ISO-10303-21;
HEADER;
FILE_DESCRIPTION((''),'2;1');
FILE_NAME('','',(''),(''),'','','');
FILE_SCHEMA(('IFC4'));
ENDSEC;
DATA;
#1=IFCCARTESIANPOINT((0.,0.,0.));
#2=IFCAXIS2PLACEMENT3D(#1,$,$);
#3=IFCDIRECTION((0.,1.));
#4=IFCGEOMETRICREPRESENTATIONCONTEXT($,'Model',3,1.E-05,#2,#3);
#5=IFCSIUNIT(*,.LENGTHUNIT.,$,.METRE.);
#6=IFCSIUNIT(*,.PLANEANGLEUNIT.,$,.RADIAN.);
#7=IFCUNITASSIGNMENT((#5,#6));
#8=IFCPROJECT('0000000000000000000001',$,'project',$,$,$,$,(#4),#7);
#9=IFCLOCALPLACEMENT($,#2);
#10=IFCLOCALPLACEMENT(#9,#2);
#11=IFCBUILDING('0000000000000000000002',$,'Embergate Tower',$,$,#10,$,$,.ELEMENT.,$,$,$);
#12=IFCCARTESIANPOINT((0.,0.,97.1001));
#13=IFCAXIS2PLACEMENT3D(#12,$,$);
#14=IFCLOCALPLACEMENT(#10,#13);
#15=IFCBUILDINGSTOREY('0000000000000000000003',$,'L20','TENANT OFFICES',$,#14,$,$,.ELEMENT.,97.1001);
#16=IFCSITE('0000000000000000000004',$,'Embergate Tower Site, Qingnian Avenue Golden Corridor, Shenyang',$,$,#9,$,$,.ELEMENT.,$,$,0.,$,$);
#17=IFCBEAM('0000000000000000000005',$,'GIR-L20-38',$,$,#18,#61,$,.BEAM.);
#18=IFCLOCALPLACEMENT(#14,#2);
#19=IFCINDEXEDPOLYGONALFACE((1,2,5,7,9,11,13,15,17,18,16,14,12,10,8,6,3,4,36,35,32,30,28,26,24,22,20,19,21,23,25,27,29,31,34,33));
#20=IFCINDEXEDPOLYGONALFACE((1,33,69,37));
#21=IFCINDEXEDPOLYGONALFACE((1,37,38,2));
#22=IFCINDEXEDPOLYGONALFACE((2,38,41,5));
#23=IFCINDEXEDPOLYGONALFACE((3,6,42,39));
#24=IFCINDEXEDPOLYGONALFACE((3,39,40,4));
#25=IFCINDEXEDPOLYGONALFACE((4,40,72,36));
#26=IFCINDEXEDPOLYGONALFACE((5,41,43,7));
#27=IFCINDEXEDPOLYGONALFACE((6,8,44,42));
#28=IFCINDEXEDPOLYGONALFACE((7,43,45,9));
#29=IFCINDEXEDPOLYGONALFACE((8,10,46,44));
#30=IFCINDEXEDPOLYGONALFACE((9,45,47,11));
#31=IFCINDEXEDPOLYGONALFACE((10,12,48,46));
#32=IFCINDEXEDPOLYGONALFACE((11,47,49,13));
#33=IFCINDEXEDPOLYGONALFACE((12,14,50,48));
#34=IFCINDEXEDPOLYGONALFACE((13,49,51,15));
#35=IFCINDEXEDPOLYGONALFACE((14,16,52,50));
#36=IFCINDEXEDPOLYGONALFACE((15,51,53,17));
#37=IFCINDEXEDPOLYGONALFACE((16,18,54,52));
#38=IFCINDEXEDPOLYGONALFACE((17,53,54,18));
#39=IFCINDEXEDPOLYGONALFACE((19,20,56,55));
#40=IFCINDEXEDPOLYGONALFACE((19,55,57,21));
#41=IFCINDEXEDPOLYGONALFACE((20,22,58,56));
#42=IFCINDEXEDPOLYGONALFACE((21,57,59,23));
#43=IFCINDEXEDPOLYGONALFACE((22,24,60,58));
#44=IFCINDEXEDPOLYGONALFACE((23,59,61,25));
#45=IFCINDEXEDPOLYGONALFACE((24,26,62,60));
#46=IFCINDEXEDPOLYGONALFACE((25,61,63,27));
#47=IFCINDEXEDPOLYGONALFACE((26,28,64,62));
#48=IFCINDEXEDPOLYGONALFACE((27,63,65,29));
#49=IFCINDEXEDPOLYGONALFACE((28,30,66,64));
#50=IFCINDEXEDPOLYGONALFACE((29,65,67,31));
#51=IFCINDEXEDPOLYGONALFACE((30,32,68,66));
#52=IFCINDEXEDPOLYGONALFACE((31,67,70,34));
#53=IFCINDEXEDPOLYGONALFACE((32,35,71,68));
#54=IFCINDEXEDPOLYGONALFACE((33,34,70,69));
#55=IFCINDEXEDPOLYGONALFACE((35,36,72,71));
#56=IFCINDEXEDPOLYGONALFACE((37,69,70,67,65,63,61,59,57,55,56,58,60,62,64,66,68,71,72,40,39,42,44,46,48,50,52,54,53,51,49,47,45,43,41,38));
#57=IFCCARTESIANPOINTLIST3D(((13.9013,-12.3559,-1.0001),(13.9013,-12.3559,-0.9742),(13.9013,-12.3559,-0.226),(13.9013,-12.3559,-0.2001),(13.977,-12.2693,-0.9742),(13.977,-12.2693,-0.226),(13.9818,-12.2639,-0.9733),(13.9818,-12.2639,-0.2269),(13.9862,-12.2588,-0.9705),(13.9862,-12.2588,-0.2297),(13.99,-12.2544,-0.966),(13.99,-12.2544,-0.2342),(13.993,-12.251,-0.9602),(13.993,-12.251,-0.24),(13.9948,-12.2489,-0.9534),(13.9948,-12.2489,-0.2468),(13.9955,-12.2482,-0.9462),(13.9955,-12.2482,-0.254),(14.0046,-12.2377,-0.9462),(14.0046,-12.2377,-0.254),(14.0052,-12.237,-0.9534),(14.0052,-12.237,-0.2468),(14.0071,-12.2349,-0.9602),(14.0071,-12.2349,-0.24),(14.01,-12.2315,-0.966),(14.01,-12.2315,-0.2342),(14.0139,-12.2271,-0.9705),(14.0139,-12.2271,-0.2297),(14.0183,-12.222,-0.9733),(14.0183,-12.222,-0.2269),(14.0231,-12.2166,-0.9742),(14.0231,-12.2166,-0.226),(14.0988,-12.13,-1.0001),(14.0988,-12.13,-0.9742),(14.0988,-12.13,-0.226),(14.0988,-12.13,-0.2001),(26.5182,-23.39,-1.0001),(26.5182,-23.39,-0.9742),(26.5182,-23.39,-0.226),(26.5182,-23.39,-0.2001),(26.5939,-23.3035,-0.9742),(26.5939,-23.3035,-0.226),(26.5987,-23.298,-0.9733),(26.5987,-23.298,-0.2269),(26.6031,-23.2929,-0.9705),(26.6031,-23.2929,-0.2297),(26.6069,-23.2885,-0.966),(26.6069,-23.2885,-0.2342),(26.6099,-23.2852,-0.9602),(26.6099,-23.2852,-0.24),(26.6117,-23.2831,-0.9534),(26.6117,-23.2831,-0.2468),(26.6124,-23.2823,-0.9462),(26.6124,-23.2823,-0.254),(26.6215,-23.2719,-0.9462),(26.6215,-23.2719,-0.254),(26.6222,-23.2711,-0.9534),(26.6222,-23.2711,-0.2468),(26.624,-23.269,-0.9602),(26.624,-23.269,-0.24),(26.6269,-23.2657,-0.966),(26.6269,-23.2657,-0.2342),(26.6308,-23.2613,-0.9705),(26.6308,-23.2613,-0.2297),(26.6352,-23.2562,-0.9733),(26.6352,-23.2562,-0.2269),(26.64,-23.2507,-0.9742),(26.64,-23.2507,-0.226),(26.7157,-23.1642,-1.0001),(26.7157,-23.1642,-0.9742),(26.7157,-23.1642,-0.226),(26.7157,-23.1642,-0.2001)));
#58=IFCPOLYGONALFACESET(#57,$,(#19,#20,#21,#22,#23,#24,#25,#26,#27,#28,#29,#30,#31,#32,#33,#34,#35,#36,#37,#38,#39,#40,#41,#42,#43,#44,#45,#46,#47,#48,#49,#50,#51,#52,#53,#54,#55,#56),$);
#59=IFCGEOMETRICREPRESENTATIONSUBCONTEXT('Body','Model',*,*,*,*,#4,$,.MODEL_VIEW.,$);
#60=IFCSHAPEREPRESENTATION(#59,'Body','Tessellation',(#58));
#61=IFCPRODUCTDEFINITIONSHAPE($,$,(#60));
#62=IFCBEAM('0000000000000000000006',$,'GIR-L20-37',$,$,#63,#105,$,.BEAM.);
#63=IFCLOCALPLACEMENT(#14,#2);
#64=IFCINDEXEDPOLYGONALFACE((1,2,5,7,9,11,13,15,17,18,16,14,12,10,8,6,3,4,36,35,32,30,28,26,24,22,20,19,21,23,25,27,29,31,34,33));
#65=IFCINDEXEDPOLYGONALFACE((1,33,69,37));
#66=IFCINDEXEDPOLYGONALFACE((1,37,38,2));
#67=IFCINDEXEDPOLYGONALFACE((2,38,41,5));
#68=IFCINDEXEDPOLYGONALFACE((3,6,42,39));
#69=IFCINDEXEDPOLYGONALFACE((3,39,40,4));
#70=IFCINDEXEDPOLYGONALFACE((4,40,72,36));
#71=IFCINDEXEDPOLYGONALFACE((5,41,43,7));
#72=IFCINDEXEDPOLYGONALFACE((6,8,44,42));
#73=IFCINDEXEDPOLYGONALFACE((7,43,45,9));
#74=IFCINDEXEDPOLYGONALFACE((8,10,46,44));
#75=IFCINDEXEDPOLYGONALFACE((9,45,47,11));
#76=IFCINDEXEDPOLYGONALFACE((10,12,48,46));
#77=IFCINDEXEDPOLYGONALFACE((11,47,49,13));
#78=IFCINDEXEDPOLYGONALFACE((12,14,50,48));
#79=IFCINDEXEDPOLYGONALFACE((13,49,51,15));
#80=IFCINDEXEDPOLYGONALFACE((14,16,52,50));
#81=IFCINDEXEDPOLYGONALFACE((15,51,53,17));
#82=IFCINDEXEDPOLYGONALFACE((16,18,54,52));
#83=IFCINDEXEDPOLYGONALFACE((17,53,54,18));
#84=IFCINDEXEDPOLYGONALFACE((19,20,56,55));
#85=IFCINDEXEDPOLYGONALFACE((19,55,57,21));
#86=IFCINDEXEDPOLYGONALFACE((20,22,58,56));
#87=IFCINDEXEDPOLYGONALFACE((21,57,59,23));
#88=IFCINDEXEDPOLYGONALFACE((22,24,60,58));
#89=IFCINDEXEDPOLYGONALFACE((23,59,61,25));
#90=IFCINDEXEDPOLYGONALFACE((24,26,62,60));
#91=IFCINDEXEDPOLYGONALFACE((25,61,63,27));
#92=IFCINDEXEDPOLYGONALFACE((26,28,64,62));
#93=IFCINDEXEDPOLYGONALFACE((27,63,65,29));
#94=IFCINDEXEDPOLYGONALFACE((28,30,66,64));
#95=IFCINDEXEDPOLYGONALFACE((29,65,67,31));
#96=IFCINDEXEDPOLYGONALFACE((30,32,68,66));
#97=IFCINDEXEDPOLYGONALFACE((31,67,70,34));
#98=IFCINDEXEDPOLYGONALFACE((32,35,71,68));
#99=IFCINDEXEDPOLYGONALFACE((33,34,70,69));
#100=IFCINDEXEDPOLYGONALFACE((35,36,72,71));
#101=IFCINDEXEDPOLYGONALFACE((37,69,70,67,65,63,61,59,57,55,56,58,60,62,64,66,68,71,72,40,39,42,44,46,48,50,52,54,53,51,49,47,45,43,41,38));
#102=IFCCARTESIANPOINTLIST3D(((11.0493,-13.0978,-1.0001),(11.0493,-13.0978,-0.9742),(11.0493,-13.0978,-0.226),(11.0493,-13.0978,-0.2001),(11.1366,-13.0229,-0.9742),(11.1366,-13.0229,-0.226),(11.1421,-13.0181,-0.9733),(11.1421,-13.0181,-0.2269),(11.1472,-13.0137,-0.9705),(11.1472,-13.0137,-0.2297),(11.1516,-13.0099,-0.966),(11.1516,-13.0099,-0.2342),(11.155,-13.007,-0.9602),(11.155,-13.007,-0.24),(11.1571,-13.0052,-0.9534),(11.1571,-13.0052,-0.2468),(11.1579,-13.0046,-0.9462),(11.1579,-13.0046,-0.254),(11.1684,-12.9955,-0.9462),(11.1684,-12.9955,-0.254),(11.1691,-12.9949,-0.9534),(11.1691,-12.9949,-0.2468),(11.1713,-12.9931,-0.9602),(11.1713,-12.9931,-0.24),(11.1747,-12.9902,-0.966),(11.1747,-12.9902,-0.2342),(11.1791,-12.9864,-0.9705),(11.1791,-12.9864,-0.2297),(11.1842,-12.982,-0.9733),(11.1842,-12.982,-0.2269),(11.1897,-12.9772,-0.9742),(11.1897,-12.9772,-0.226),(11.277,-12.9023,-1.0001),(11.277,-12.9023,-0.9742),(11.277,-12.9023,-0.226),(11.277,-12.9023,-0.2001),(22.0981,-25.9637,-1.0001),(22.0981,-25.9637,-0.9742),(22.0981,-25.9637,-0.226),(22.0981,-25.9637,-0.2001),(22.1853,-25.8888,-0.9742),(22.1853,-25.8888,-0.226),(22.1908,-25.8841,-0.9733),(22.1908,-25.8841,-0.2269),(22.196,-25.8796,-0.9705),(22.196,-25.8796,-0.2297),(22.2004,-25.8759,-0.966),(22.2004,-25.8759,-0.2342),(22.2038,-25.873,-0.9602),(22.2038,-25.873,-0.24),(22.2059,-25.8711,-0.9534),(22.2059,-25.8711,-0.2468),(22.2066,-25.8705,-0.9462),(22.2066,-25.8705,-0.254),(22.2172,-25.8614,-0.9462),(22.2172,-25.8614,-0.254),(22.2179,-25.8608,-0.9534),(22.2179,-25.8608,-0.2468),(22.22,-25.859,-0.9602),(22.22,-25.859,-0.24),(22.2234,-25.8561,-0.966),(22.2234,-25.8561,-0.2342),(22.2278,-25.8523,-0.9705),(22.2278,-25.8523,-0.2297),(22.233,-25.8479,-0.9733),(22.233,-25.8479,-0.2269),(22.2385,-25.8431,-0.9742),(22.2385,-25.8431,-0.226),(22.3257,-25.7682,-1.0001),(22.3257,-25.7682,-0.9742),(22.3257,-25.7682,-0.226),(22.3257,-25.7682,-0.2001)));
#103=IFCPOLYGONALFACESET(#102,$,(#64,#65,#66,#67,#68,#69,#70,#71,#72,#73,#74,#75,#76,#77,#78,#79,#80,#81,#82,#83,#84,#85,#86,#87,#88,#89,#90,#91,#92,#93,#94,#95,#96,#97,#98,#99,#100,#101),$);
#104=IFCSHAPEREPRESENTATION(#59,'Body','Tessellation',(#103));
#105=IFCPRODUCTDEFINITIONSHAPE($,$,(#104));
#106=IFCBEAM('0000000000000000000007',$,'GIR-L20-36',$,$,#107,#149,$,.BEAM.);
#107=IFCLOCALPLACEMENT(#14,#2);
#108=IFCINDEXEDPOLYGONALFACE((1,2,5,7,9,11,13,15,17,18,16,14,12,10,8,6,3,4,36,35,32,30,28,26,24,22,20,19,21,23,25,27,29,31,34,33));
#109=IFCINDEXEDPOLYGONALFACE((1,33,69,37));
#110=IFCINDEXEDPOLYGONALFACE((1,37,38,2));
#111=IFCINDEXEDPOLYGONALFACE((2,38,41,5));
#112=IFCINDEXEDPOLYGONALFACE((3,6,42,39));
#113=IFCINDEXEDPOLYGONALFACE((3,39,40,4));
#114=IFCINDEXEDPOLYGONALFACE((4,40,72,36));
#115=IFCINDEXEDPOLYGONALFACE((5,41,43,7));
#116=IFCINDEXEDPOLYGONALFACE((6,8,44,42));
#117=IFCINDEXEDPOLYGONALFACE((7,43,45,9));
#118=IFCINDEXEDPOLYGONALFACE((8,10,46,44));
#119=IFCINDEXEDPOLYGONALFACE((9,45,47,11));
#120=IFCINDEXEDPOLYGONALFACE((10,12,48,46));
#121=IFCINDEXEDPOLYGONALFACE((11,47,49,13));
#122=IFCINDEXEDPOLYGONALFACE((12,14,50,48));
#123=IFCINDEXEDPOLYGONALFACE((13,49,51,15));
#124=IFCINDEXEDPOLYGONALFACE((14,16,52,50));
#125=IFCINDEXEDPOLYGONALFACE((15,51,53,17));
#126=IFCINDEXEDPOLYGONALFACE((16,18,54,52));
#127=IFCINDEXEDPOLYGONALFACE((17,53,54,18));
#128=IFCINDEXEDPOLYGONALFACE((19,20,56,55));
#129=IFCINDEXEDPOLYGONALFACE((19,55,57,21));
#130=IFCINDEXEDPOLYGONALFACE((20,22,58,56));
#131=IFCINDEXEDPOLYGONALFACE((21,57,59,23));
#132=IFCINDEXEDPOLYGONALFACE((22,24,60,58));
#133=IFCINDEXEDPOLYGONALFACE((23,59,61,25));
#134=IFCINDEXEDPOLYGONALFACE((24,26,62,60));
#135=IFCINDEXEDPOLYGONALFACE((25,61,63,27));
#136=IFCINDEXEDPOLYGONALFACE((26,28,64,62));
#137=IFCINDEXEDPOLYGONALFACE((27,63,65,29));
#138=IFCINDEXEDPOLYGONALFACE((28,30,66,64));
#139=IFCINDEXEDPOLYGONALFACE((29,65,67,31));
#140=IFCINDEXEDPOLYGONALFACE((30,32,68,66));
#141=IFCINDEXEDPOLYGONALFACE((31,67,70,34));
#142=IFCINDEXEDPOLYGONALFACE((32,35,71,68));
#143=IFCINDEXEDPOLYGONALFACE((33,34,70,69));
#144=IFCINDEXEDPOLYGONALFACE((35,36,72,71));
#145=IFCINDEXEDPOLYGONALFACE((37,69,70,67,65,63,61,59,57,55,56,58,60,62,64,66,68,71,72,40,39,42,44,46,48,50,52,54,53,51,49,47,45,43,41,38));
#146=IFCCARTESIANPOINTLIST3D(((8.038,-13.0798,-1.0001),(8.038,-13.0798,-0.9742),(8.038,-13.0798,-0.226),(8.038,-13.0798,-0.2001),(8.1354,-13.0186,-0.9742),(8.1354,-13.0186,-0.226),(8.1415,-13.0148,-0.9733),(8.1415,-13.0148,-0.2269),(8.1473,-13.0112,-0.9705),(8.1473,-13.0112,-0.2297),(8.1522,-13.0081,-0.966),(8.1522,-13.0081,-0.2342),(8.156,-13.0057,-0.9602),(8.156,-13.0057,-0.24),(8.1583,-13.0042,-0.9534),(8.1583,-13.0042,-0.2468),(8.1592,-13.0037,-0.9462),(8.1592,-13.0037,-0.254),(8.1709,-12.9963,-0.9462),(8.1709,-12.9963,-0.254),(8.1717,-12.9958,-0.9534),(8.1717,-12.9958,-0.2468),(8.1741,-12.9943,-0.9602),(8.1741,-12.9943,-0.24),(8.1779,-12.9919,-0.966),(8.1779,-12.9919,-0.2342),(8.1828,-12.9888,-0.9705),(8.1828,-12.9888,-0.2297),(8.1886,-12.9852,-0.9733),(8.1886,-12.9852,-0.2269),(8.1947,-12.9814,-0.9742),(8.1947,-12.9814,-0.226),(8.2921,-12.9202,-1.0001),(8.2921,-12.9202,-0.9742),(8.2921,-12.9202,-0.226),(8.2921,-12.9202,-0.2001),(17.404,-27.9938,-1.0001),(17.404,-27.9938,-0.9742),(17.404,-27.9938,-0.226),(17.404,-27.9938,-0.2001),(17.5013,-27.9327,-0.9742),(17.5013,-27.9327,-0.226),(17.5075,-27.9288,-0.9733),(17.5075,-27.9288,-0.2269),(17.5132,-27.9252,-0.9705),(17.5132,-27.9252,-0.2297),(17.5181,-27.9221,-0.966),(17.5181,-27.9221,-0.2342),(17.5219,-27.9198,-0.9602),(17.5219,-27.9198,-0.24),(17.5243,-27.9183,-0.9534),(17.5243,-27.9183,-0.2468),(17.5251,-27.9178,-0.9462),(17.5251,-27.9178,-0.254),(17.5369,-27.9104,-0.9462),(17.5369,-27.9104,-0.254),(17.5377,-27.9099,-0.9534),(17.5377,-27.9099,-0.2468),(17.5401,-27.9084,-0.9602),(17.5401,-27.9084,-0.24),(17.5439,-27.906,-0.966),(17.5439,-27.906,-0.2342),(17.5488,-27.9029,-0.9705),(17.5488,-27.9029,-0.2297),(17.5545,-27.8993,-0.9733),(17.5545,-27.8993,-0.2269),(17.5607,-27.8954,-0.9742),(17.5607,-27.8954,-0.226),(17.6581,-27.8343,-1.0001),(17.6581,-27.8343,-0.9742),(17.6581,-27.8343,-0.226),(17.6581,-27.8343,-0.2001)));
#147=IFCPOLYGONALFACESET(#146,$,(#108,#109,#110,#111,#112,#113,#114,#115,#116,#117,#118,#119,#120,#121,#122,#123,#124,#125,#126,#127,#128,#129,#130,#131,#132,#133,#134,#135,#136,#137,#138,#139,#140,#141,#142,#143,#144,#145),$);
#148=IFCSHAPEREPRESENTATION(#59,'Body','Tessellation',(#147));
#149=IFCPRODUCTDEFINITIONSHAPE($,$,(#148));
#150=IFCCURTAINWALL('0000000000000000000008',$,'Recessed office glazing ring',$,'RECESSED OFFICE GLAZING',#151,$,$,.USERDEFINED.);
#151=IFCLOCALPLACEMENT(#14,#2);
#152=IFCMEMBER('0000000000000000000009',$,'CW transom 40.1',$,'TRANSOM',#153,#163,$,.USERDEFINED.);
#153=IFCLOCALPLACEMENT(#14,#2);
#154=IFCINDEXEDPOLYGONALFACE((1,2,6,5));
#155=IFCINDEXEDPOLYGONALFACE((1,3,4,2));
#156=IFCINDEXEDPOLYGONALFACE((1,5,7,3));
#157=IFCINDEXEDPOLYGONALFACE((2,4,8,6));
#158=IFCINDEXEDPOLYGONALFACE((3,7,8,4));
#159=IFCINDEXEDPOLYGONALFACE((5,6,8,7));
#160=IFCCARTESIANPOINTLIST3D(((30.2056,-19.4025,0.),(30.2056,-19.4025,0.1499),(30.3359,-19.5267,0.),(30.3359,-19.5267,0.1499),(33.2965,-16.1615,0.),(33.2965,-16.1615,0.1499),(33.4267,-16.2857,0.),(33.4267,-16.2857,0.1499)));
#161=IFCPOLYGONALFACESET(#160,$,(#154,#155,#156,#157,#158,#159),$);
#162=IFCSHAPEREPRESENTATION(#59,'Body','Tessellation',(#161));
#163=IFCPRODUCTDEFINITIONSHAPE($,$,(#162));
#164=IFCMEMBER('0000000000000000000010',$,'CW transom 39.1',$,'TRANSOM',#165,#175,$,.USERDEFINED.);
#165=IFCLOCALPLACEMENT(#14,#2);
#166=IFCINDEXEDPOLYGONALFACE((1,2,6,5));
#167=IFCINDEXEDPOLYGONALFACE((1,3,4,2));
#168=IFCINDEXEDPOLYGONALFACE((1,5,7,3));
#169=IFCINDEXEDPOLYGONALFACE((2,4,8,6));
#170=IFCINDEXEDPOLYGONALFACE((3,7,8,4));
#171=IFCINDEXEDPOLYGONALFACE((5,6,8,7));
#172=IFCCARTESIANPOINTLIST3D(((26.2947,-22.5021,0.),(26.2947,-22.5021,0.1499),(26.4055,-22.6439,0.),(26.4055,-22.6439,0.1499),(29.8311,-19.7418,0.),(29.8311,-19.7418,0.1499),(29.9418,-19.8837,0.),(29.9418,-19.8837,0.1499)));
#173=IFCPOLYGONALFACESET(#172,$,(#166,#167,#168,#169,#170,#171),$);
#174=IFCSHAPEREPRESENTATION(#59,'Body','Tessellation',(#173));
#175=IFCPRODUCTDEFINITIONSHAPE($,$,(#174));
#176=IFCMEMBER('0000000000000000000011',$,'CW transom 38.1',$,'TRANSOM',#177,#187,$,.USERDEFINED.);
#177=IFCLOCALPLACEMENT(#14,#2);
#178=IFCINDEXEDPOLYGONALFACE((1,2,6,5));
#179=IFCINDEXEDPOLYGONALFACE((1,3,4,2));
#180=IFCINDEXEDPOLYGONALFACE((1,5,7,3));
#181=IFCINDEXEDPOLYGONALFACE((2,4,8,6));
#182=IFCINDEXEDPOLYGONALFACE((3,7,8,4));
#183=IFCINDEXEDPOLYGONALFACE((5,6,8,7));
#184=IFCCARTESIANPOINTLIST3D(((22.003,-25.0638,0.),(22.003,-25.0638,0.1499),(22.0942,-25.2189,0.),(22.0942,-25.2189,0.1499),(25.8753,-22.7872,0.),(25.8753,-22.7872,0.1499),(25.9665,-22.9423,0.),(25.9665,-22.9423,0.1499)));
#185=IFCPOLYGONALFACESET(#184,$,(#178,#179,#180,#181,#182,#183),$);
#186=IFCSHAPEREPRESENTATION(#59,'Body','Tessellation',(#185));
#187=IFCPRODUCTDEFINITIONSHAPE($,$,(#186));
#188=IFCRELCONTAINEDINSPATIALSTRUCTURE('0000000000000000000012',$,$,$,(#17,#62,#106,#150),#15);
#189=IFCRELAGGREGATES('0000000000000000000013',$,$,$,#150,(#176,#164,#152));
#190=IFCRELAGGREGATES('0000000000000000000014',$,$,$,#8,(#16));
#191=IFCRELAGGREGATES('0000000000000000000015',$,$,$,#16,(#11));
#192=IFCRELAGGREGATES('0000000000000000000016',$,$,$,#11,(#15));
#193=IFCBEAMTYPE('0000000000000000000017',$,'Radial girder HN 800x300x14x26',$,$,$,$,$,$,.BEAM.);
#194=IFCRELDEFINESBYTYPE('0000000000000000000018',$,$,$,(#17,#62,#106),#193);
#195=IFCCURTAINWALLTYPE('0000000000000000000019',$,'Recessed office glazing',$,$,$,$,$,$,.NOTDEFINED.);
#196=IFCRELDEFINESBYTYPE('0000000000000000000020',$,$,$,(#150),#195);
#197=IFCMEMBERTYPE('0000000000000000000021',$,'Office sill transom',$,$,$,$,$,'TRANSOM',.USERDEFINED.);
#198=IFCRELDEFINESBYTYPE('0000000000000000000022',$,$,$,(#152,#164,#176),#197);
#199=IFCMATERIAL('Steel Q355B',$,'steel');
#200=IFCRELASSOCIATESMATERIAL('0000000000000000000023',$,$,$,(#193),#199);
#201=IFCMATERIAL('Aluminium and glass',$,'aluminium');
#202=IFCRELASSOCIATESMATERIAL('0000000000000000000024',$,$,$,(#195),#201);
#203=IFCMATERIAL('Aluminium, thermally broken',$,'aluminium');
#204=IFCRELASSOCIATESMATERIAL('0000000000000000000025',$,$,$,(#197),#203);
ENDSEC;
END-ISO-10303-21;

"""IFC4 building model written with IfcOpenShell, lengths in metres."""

from ifc_helpers import new_model, si_unit, direction, frame, origin, origin_2d, place, context, subcontext, project, spatial, rectangle, i_section, extrude, source, transform, mapped, material, material_profile, profile_set, type_object, element, aggregate, save


model = new_model("IFC4")

# Units and contexts
model_context = context("Model", 3, precision=1e-05, world=origin(), true_north=direction((0.0, 1.0)))
body_context = subcontext(model_context, "Body", "Model", "MODEL_VIEW")
ifc_project = project(units=[si_unit("LENGTHUNIT", "METRE"), si_unit("PLANEANGLEUNIT", "RADIAN")], contexts=[model_context])

# Site, building, storey
site_placement = place(None, origin())
site = spatial("IfcSite", under=ifc_project, at=site_placement, Name="Embergate Tower Site, Qingnian Avenue Golden Corridor, Shenyang", CompositionType="ELEMENT", RefElevation=0.0)
building_placement = place(site_placement, origin())
building = spatial("IfcBuilding", under=site, at=building_placement, Name="Embergate Tower", CompositionType="ELEMENT")
storey_placement = place(building_placement, frame((0.0, 0.0, 97.1001)))
storey = spatial("IfcBuildingStorey", under=building, at=storey_placement, Name="L20", Description="TENANT OFFICES", CompositionType="ELEMENT", Elevation=97.1001)

# Beams
ifc_material_1 = material(Name="Steel Q355B", Category="steel")
ifc_material_profile_1 = material_profile(ifc_material_1, i_section(OverallWidth=0.3, OverallDepth=0.8, WebThickness=0.0139, FlangeThickness=0.0259, FilletRadius=0.0281, at=origin_2d()), Name="HN 800x300x14x26")
ifc_profile_set_1 = profile_set([ifc_material_profile_1], Name="Steel Q355 grade B")
beam_type_1 = type_object("IfcBeamType", Name="Radial girder HN 800x300x14x26", PredefinedType="BEAM", material=ifc_profile_set_1)
shared_shape_1 = source(origin(), body_context, "Body", "SweptSolid", [
    extrude(i_section(OverallWidth=0.3, OverallDepth=0.8, WebThickness=0.0139, FlangeThickness=0.0259, FilletRadius=0.0281, at=origin_2d()), origin(), (0.0, 0.0, 1.0), 16.7612),
])
beam_1_placement = place(storey_placement, frame((26.6169, -23.2771, -0.6001), z_axis=(-0.752744, 0.658314, 0.0), x_axis=(-0.658314, -0.752744, 0.0)))
element("IfcBeam", 1, at=beam_1_placement, inside=storey, type_object=beam_type_1, Name="GIR-L20-38", PredefinedType="BEAM", context=body_context, shape_type="MappedRepresentation", body=[
    mapped(shared_shape_1, transform((0.0, 0.0, 0.0))),
])
shared_shape_2 = source(origin(), body_context, "Body", "SweptSolid", [
    extrude(i_section(OverallWidth=0.3, OverallDepth=0.8, WebThickness=0.0139, FlangeThickness=0.0259, FilletRadius=0.0281, at=origin_2d()), origin(), (0.0, 0.0, 1.0), 16.959),
])
beam_2_placement = place(storey_placement, frame((22.2119, -25.866, -0.6001), z_axis=(-0.6515, 0.758649, 0.0), x_axis=(-0.758649, -0.6515, 0.0)))
element("IfcBeam", 2, at=beam_2_placement, inside=storey, type_object=beam_type_1, Name="GIR-L20-37", PredefinedType="BEAM", context=body_context, shape_type="MappedRepresentation", body=[
    mapped(shared_shape_2, transform((0.0, 0.0, 0.0))),
])
shared_shape_3 = source(origin(), body_context, "Body", "SweptSolid", [
    extrude(i_section(OverallWidth=0.3, OverallDepth=0.8, WebThickness=0.0139, FlangeThickness=0.0259, FilletRadius=0.0281, at=origin_2d()), origin(), (0.0, 0.0, 1.0), 17.6111),
])
beam_3_placement = place(storey_placement, frame((17.531, -27.9141, -0.6001), z_axis=(-0.531822, 0.846856, 0.0), x_axis=(-0.846856, -0.531822, 0.0)))
element("IfcBeam", 3, at=beam_3_placement, inside=storey, type_object=beam_type_1, Name="GIR-L20-36", PredefinedType="BEAM", context=body_context, shape_type="MappedRepresentation", body=[
    mapped(shared_shape_3, transform((0.0, 0.0, 0.0))),
])

# Curtain wall, members
ifc_material_2 = material(Name="Aluminium and glass", Category="aluminium")
curtain_wall_type = type_object("IfcCurtainWallType", Name="Recessed office glazing", PredefinedType="NOTDEFINED", material=ifc_material_2)
curtain_wall_placement = place(storey_placement, origin())
curtain_wall = element("IfcCurtainWall", 4, at=curtain_wall_placement, inside=storey, type_object=curtain_wall_type, Name="Recessed office glazing ring", ObjectType="RECESSED OFFICE GLAZING", PredefinedType="USERDEFINED")
ifc_material_3 = material(Name="Aluminium, thermally broken", Category="aluminium")
ifc_material_profile_2 = material_profile(ifc_material_3, rectangle(XDim=0.1799, YDim=0.1499, at=origin_2d()), Name="AL 150x180")
ifc_profile_set_2 = profile_set([ifc_material_profile_2], Name="Aluminium, thermally broken")
member_type_1 = type_object("IfcMemberType", Name="Office sill transom", ElementType="TRANSOM", PredefinedType="USERDEFINED", material=ifc_profile_set_2)
shared_shape_4 = source(origin(), body_context, "Body", "SweptSolid", [
    extrude(rectangle(XDim=0.1799, YDim=0.1499, at=origin_2d()), origin(), (0.0, 0.0, 1.0), 4.4785),
])
member_1_placement = place(storey_placement, frame((30.2708, -19.4646, 0.075), z_axis=(0.690145, 0.723671, 0.0), x_axis=(-0.723671, 0.690145, 0.0)))
member_1 = element("IfcMember", 5, at=member_1_placement, type_object=member_type_1, Name="CW transom 40.1", ObjectType="TRANSOM", PredefinedType="USERDEFINED", context=body_context, shape_type="MappedRepresentation", body=[
    mapped(shared_shape_4, transform((0.0, 0.0, 0.0))),
])
shared_shape_5 = source(origin(), body_context, "Body", "SweptSolid", [
    extrude(rectangle(XDim=0.1799, YDim=0.1499, at=origin_2d()), origin(), (0.0, 0.0, 1.0), 4.4861),
])
member_2_placement = place(storey_placement, frame((26.3501, -22.573, 0.075), z_axis=(0.788299, 0.615292, 0.0), x_axis=(-0.615292, 0.788299, 0.0)))
member_2 = element("IfcMember", 6, at=member_2_placement, type_object=member_type_1, Name="CW transom 39.1", ObjectType="TRANSOM", PredefinedType="USERDEFINED", context=body_context, shape_type="MappedRepresentation", body=[
    mapped(shared_shape_5, transform((0.0, 0.0, 0.0))),
])
shared_shape_6 = source(origin(), body_context, "Body", "SweptSolid", [
    extrude(rectangle(XDim=0.1799, YDim=0.1499, at=origin_2d()), origin(), (0.0, 0.0, 1.0), 4.4919),
])
member_3_placement = place(storey_placement, frame((22.0486, -25.1414, 0.075), z_axis=(0.862053, 0.506818, 0.0), x_axis=(-0.506818, 0.862053, 0.0)))
member_3 = element("IfcMember", 7, at=member_3_placement, type_object=member_type_1, Name="CW transom 38.1", ObjectType="TRANSOM", PredefinedType="USERDEFINED", context=body_context, shape_type="MappedRepresentation", body=[
    mapped(shared_shape_6, transform((0.0, 0.0, 0.0))),
])
aggregate(curtain_wall, [member_3, member_2, member_1])

save(model, "model.ifc")
